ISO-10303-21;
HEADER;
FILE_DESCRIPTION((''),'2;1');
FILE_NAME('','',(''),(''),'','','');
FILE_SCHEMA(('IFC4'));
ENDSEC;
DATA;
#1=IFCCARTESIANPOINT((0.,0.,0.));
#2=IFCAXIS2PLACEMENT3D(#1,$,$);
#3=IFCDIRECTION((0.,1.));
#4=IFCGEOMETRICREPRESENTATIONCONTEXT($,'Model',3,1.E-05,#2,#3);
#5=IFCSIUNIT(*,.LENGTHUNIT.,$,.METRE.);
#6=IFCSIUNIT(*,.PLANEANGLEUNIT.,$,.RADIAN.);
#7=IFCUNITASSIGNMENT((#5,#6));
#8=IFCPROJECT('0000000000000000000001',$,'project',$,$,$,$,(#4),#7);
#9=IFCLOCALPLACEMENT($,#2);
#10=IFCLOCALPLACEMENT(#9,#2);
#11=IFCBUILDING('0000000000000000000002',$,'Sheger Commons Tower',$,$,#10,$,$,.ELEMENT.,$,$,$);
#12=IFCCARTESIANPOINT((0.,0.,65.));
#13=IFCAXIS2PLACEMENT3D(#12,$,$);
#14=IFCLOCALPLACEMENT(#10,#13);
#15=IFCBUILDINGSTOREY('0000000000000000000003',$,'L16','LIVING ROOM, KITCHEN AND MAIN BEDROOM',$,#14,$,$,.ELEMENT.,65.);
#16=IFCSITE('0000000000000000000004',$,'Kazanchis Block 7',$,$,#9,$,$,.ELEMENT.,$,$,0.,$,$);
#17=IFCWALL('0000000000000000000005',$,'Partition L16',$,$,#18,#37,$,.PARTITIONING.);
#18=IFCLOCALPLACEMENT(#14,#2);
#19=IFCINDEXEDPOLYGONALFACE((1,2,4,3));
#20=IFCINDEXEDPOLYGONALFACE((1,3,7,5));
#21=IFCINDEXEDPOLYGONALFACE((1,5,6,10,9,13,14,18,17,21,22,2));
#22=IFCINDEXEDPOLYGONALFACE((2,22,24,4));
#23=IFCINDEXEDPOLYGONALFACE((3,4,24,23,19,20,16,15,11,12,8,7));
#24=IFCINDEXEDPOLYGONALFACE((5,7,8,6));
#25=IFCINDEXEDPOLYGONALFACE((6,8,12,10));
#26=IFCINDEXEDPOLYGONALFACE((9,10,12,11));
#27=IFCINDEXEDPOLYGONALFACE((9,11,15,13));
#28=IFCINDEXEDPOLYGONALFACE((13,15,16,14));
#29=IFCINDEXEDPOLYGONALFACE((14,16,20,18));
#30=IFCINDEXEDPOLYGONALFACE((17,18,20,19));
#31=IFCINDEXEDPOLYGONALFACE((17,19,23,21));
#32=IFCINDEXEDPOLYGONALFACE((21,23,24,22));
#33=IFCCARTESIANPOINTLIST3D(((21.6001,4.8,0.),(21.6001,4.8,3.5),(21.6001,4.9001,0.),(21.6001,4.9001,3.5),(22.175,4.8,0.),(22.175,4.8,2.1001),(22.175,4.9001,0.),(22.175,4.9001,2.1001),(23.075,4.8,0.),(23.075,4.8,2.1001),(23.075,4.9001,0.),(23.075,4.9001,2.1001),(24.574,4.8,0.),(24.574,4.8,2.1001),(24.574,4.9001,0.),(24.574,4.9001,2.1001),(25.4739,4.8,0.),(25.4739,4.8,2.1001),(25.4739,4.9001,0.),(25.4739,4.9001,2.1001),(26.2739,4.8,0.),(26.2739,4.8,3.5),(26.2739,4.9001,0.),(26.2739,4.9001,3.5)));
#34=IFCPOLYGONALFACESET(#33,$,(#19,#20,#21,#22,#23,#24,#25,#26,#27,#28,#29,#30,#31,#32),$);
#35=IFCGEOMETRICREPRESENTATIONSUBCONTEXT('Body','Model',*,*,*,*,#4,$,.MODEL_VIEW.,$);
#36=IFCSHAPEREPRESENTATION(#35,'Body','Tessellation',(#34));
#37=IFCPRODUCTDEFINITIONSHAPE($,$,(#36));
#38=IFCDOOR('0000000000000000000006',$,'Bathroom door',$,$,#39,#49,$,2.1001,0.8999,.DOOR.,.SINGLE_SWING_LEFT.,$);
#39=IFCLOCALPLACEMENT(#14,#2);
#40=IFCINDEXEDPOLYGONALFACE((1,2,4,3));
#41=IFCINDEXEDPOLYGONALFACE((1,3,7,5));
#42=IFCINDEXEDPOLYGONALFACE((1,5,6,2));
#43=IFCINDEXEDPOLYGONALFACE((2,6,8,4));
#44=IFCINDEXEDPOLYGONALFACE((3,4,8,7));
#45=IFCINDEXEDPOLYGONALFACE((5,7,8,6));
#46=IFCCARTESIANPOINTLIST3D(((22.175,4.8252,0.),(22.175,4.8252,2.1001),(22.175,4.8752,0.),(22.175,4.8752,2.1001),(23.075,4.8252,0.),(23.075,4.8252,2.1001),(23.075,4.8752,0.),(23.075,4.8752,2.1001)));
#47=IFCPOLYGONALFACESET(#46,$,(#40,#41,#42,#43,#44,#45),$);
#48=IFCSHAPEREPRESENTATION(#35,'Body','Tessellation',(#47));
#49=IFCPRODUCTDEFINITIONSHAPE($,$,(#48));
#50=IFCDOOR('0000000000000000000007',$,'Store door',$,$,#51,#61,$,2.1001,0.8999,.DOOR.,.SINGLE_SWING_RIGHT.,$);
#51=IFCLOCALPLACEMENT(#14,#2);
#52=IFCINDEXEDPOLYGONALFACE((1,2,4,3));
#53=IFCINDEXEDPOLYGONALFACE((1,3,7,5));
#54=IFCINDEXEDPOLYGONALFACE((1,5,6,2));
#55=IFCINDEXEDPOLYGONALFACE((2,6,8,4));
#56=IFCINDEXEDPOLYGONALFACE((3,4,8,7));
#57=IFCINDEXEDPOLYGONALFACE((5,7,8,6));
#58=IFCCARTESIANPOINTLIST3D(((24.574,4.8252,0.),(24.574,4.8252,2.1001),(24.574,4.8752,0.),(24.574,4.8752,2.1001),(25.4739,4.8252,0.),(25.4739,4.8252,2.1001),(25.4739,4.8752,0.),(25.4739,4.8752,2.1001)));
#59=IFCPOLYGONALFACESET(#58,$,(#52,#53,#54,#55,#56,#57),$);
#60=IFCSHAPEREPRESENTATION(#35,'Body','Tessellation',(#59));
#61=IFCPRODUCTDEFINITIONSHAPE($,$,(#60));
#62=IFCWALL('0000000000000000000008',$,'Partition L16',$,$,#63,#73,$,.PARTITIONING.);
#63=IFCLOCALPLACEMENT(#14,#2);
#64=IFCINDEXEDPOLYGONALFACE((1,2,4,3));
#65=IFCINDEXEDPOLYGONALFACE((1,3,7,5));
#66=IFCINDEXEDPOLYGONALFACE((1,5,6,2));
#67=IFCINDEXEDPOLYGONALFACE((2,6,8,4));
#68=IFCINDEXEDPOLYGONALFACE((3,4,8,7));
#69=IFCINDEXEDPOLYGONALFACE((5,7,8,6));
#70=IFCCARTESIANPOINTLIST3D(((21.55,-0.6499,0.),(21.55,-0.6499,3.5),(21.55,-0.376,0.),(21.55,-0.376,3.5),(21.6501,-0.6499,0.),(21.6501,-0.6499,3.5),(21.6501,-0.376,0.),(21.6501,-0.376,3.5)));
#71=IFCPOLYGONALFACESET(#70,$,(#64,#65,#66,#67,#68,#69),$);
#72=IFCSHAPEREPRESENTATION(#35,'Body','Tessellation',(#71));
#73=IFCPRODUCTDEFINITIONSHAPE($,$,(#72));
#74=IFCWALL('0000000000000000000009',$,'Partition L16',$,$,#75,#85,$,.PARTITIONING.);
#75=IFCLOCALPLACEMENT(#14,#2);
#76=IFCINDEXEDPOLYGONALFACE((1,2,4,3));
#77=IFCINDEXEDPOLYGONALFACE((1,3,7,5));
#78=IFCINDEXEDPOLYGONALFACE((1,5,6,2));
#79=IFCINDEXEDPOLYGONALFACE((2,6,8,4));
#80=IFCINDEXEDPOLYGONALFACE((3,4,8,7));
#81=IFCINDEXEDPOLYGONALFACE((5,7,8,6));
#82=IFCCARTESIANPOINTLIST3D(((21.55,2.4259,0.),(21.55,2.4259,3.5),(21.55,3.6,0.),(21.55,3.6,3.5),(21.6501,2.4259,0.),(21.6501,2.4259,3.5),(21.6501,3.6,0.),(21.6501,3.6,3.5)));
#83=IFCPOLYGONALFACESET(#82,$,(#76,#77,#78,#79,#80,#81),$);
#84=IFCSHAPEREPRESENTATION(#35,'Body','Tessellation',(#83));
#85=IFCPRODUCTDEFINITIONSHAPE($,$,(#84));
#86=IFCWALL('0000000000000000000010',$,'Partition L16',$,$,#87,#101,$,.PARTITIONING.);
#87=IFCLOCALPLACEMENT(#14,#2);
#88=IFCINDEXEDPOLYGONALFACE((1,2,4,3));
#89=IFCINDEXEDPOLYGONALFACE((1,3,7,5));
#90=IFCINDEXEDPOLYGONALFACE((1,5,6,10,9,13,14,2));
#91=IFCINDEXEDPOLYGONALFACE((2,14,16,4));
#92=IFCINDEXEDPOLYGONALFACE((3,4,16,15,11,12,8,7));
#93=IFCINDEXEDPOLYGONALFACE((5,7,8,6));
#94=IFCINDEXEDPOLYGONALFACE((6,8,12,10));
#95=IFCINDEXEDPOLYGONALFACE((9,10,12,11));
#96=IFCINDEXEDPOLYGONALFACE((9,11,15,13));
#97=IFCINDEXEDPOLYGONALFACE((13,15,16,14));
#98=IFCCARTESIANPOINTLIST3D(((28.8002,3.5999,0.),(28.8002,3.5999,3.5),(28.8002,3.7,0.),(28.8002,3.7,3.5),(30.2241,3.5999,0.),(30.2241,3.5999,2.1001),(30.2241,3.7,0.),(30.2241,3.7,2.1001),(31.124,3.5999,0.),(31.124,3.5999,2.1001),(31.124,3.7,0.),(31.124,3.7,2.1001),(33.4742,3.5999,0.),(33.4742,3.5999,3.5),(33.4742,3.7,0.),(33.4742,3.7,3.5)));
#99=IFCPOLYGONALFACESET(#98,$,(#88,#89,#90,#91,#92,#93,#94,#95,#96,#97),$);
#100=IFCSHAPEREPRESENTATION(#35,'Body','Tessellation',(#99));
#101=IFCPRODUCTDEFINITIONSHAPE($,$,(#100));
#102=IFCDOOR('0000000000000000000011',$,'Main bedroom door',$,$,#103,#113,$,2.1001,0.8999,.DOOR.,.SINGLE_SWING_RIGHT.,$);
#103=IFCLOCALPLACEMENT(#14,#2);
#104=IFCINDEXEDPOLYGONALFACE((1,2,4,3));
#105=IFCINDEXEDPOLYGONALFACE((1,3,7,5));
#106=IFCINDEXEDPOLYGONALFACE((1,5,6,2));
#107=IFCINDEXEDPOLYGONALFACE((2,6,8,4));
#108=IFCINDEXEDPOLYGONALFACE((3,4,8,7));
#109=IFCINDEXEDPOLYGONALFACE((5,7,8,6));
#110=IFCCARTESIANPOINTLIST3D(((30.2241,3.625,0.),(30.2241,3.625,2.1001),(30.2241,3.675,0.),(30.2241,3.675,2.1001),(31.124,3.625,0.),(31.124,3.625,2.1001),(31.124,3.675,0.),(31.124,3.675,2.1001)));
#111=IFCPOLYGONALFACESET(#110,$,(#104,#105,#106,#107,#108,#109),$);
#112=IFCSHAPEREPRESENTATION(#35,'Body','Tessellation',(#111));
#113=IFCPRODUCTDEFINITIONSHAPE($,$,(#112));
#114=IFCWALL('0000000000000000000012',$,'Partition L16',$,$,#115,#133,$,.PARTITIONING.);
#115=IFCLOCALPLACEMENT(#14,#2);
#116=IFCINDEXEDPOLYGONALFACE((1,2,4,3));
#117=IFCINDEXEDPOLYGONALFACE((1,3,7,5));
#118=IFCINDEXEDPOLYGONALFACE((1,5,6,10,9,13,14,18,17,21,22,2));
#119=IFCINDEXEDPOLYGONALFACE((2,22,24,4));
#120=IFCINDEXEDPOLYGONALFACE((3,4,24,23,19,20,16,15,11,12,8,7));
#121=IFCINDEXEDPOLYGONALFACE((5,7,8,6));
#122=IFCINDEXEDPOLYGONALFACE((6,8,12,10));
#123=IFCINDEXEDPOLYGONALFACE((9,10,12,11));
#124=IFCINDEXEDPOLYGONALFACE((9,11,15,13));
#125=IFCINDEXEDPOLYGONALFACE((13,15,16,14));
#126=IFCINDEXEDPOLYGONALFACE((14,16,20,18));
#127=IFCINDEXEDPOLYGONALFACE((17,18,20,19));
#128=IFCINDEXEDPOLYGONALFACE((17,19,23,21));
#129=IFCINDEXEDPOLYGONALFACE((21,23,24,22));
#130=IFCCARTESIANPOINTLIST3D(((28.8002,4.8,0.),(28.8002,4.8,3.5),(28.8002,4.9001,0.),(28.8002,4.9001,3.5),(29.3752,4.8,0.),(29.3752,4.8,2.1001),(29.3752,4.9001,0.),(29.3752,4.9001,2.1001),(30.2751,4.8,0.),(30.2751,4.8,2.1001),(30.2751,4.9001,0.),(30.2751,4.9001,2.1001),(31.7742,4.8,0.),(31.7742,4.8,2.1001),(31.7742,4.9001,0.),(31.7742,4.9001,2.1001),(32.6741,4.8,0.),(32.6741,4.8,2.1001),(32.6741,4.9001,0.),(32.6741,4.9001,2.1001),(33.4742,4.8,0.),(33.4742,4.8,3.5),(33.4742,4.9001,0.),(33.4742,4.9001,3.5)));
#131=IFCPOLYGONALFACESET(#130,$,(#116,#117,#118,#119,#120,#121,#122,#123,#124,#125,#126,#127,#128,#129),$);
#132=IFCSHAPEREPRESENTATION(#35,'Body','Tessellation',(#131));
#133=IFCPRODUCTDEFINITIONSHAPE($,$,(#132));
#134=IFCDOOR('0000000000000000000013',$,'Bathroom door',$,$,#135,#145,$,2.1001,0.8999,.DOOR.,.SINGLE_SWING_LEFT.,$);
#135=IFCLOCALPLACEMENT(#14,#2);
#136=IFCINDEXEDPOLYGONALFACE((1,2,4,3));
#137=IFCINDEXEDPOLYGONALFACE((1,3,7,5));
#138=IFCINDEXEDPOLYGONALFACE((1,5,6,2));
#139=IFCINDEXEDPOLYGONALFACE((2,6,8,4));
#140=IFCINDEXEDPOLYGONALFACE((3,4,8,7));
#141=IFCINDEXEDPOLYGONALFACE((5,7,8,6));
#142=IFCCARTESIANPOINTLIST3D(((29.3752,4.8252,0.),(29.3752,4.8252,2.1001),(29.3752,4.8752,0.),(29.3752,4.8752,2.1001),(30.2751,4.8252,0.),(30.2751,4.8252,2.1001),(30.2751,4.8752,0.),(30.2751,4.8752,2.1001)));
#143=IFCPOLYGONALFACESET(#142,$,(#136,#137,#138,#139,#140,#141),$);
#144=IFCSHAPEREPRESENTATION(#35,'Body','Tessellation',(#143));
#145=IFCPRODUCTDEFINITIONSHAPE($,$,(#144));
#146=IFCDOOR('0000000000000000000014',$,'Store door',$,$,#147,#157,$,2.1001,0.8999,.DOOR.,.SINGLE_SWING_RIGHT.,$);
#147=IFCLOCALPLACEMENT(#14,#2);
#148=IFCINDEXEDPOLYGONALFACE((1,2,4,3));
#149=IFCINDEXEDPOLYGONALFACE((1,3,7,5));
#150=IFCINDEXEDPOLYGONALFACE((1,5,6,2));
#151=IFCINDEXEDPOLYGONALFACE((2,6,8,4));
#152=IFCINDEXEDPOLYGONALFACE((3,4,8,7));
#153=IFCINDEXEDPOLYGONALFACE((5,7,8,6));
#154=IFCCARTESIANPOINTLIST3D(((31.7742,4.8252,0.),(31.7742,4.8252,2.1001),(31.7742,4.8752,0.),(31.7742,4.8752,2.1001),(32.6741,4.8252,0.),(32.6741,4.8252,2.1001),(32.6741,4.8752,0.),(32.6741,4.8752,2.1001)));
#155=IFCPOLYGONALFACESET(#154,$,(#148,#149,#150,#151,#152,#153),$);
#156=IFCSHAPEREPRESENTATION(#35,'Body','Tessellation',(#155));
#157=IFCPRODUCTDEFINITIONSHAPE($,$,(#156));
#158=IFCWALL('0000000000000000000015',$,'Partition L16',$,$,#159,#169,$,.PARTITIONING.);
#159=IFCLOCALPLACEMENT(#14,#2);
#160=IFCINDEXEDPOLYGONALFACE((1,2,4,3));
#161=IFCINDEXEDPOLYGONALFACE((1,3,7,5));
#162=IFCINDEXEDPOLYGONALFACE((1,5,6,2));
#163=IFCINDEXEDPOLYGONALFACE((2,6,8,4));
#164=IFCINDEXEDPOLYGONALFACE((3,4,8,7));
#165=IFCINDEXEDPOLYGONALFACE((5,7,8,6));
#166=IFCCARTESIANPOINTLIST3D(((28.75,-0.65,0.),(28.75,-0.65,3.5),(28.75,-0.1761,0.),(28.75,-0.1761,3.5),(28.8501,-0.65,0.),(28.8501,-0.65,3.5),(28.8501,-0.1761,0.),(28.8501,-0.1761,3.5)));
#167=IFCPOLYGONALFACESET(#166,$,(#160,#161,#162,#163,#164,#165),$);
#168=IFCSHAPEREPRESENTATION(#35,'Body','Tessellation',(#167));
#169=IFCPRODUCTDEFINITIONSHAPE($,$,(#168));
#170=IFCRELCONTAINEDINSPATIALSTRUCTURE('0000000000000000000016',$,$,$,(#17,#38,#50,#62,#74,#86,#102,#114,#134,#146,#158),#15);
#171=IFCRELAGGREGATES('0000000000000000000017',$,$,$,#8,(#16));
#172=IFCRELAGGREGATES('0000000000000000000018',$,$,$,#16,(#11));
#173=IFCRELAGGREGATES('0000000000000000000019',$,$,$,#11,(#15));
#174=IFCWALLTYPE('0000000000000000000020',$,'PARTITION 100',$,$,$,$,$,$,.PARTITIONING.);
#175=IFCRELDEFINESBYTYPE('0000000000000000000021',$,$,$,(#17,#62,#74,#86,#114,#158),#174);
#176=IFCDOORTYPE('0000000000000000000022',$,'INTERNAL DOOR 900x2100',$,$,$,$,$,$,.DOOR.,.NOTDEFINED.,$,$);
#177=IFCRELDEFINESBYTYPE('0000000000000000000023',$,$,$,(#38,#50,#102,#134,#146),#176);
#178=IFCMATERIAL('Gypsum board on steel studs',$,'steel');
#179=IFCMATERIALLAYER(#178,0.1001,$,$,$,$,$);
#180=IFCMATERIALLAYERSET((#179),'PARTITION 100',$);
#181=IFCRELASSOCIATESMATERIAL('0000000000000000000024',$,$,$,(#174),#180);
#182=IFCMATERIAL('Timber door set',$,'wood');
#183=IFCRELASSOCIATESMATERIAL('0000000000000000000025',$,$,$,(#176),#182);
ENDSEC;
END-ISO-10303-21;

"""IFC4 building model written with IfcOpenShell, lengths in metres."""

from ifc_helpers import new_model, si_unit, direction, frame, frame_2d, origin, place, context, subcontext, project, spatial, rectangle, extrude, material, layer, layer_set, type_object, element, fill, save


model = new_model("IFC4")

# Units and contexts
model_context = context("Model", 3, precision=1e-05, world=origin(), true_north=direction((0.0, 1.0)))
body_context = subcontext(model_context, "Body", "Model", "MODEL_VIEW")
ifc_project = project(units=[si_unit("LENGTHUNIT", "METRE"), si_unit("PLANEANGLEUNIT", "RADIAN")], contexts=[model_context])

# Site, building, storey
site_placement = place(None, origin())
site = spatial("IfcSite", under=ifc_project, at=site_placement, Name="Kazanchis Block 7", CompositionType="ELEMENT", RefElevation=0.0)
building_placement = place(site_placement, origin())
building = spatial("IfcBuilding", under=site, at=building_placement, Name="Sheger Commons Tower", CompositionType="ELEMENT")
storey_placement = place(building_placement, frame((0.0, 0.0, 65.0)))
storey = spatial("IfcBuildingStorey", under=building, at=storey_placement, Name="L16", Description="LIVING ROOM, KITCHEN AND MAIN BEDROOM", CompositionType="ELEMENT", Elevation=65.0)

# Shared definitions
ifc_material_1 = material(Name="Gypsum board on steel studs", Category="steel")
ifc_layer_1 = layer(ifc_material_1, 0.1001)
ifc_layer_set_1 = layer_set([ifc_layer_1], Name="PARTITION 100")
wall_type_1 = type_object("IfcWallType", Name="PARTITION 100", PredefinedType="PARTITIONING", material=ifc_layer_set_1)
ifc_material_2 = material(Name="Timber door set", Category="wood")
door_type = type_object("IfcDoorType", Name="INTERNAL DOOR 900x2100", OperationType="NOTDEFINED", PredefinedType="DOOR", material=ifc_material_2)

# Wall, openings, doors
wall_1_placement = place(storey_placement, frame((26.2739, 4.8501, 0.0), z_axis=(0.0, 0.0, 1.0), x_axis=(-1.0, 0.0, 0.0)))
wall_1 = element("IfcWall", 1, at=wall_1_placement, inside=storey, type_object=wall_type_1, Name="Partition L16", PredefinedType="PARTITIONING", context=body_context, shape_type="SweptSolid", body=[
    extrude(rectangle(XDim=4.6738, YDim=0.1001, at=frame_2d((2.3369, 0.0))), origin(), (0.0, 0.0, 1.0), 3.5),
])
opening_1_placement = place(wall_1_placement, frame((3.199, 0.0, 0.0)))
opening_1 = element("IfcOpeningElement", 2, at=opening_1_placement, cuts=wall_1, PredefinedType="OPENING", context=body_context, shape_type="SweptSolid", body=[
    extrude(rectangle(XDim=0.8999, YDim=2.1001, at=frame_2d((0.45, 1.05))), frame((0.0, 0.0601, 0.0), z_axis=(0.0, -1.0, 0.0), x_axis=(1.0, 0.0, 0.0)), (0.0, 0.0, 1.0), 0.1201),
])
opening_2_placement = place(wall_1_placement, frame((0.8, 0.0, 0.0)))
opening_2 = element("IfcOpeningElement", 3, at=opening_2_placement, cuts=wall_1, PredefinedType="OPENING", context=body_context, shape_type="SweptSolid", body=[
    extrude(rectangle(XDim=0.8999, YDim=2.1001, at=frame_2d((0.45, 1.05))), frame((0.0, 0.0601, 0.0), z_axis=(0.0, -1.0, 0.0), x_axis=(1.0, 0.0, 0.0)), (0.0, 0.0, 1.0), 0.1201),
])
door_1_placement = place(opening_1_placement, origin())
door_1 = element("IfcDoor", 4, at=door_1_placement, inside=storey, type_object=door_type, Name="Bathroom door", OperationType="SINGLE_SWING_LEFT", OverallHeight=2.1001, OverallWidth=0.8999, PredefinedType="DOOR", context=body_context, shape_type="SweptSolid", body=[
    extrude(rectangle(XDim=0.8999, YDim=2.1001, at=frame_2d((0.45, 1.05))), frame((0.0, 0.0249, 0.0), z_axis=(0.0, -1.0, 0.0), x_axis=(1.0, 0.0, 0.0)), (0.0, 0.0, 1.0), 0.05),
])
fill(opening_1, door_1)
door_2_placement = place(opening_2_placement, origin())
door_2 = element("IfcDoor", 5, at=door_2_placement, inside=storey, type_object=door_type, Name="Store door", OperationType="SINGLE_SWING_RIGHT", OverallHeight=2.1001, OverallWidth=0.8999, PredefinedType="DOOR", context=body_context, shape_type="SweptSolid", body=[
    extrude(rectangle(XDim=0.8999, YDim=2.1001, at=frame_2d((0.45, 1.05))), frame((0.0, 0.0249, 0.0), z_axis=(0.0, -1.0, 0.0), x_axis=(1.0, 0.0, 0.0)), (0.0, 0.0, 1.0), 0.05),
])
fill(opening_2, door_2)

# Walls
wall_2_placement = place(storey_placement, frame((21.6001, -0.6499, 0.0), z_axis=(0.0, 0.0, 1.0), x_axis=(0.0, 1.0, 0.0)))
element("IfcWall", 6, at=wall_2_placement, inside=storey, type_object=wall_type_1, Name="Partition L16", PredefinedType="PARTITIONING", context=body_context, shape_type="SweptSolid", body=[
    extrude(rectangle(XDim=0.2739, YDim=0.1001, at=frame_2d((0.137, 0.0))), origin(), (0.0, 0.0, 1.0), 3.5),
])
wall_3_placement = place(storey_placement, frame((21.6001, 2.426, 0.0), z_axis=(0.0, 0.0, 1.0), x_axis=(0.0, 1.0, 0.0)))
element("IfcWall", 7, at=wall_3_placement, inside=storey, type_object=wall_type_1, Name="Partition L16", PredefinedType="PARTITIONING", context=body_context, shape_type="SweptSolid", body=[
    extrude(rectangle(XDim=1.1741, YDim=0.1001, at=frame_2d((0.5869, 0.0))), origin(), (0.0, 0.0, 1.0), 3.5),
])

# Wall, opening, door
wall_4_placement = place(storey_placement, frame((33.4741, 3.6499, 0.0), z_axis=(0.0, 0.0, 1.0), x_axis=(-1.0, 0.0, 0.0)))
wall_4 = element("IfcWall", 8, at=wall_4_placement, inside=storey, type_object=wall_type_1, Name="Partition L16", PredefinedType="PARTITIONING", context=body_context, shape_type="SweptSolid", body=[
    extrude(rectangle(XDim=4.6741, YDim=0.1001, at=frame_2d((2.3369, 0.0))), origin(), (0.0, 0.0, 1.0), 3.5),
])
opening_3_placement = place(wall_4_placement, frame((2.3501, 0.0, 0.0)))
opening_3 = element("IfcOpeningElement", 9, at=opening_3_placement, cuts=wall_4, PredefinedType="OPENING", context=body_context, shape_type="SweptSolid", body=[
    extrude(rectangle(XDim=0.8999, YDim=2.1001, at=frame_2d((0.45, 1.05))), frame((0.0, 0.0601, 0.0), z_axis=(0.0, -1.0, 0.0), x_axis=(1.0, 0.0, 0.0)), (0.0, 0.0, 1.0), 0.1201),
])
door_3_placement = place(opening_3_placement, origin())
door_3 = element("IfcDoor", 10, at=door_3_placement, inside=storey, type_object=door_type, Name="Main bedroom door", OperationType="SINGLE_SWING_RIGHT", OverallHeight=2.1001, OverallWidth=0.8999, PredefinedType="DOOR", context=body_context, shape_type="SweptSolid", body=[
    extrude(rectangle(XDim=0.8999, YDim=2.1001, at=frame_2d((0.45, 1.05))), frame((0.0, 0.0249, 0.0), z_axis=(0.0, -1.0, 0.0), x_axis=(1.0, 0.0, 0.0)), (0.0, 0.0, 1.0), 0.05),
])
fill(opening_3, door_3)

# Wall, openings, doors
wall_5_placement = place(storey_placement, frame((33.4741, 4.8501, 0.0), z_axis=(0.0, 0.0, 1.0), x_axis=(-1.0, 0.0, 0.0)))
wall_5 = element("IfcWall", 11, at=wall_5_placement, inside=storey, type_object=wall_type_1, Name="Partition L16", PredefinedType="PARTITIONING", context=body_context, shape_type="SweptSolid", body=[
    extrude(rectangle(XDim=4.6741, YDim=0.1001, at=frame_2d((2.3369, 0.0))), origin(), (0.0, 0.0, 1.0), 3.5),
])
opening_4_placement = place(wall_5_placement, frame((3.199, 0.0, 0.0)))
opening_4 = element("IfcOpeningElement", 12, at=opening_4_placement, cuts=wall_5, PredefinedType="OPENING", context=body_context, shape_type="SweptSolid", body=[
    extrude(rectangle(XDim=0.8999, YDim=2.1001, at=frame_2d((0.45, 1.05))), frame((0.0, 0.0601, 0.0), z_axis=(0.0, -1.0, 0.0), x_axis=(1.0, 0.0, 0.0)), (0.0, 0.0, 1.0), 0.1201),
])
opening_5_placement = place(wall_5_placement, frame((0.8, 0.0, 0.0)))
opening_5 = element("IfcOpeningElement", 13, at=opening_5_placement, cuts=wall_5, PredefinedType="OPENING", context=body_context, shape_type="SweptSolid", body=[
    extrude(rectangle(XDim=0.8999, YDim=2.1001, at=frame_2d((0.45, 1.05))), frame((0.0, 0.0601, 0.0), z_axis=(0.0, -1.0, 0.0), x_axis=(1.0, 0.0, 0.0)), (0.0, 0.0, 1.0), 0.1201),
])
door_4_placement = place(opening_4_placement, origin())
door_4 = element("IfcDoor", 14, at=door_4_placement, inside=storey, type_object=door_type, Name="Bathroom door", OperationType="SINGLE_SWING_LEFT", OverallHeight=2.1001, OverallWidth=0.8999, PredefinedType="DOOR", context=body_context, shape_type="SweptSolid", body=[
    extrude(rectangle(XDim=0.8999, YDim=2.1001, at=frame_2d((0.45, 1.05))), frame((0.0, 0.0249, 0.0), z_axis=(0.0, -1.0, 0.0), x_axis=(1.0, 0.0, 0.0)), (0.0, 0.0, 1.0), 0.05),
])
fill(opening_4, door_4)
door_5_placement = place(opening_5_placement, origin())
door_5 = element("IfcDoor", 15, at=door_5_placement, inside=storey, type_object=door_type, Name="Store door", OperationType="SINGLE_SWING_RIGHT", OverallHeight=2.1001, OverallWidth=0.8999, PredefinedType="DOOR", context=body_context, shape_type="SweptSolid", body=[
    extrude(rectangle(XDim=0.8999, YDim=2.1001, at=frame_2d((0.45, 1.05))), frame((0.0, 0.0249, 0.0), z_axis=(0.0, -1.0, 0.0), x_axis=(1.0, 0.0, 0.0)), (0.0, 0.0, 1.0), 0.05),
])
fill(opening_5, door_5)

# Wall
wall_6_placement = place(storey_placement, frame((28.8, -0.6499, 0.0), z_axis=(0.0, 0.0, 1.0), x_axis=(0.0, 1.0, 0.0)))
element("IfcWall", 16, at=wall_6_placement, inside=storey, type_object=wall_type_1, Name="Partition L16", PredefinedType="PARTITIONING", context=body_context, shape_type="SweptSolid", body=[
    extrude(rectangle(XDim=0.4739, YDim=0.1001, at=frame_2d((0.2368, 0.0))), origin(), (0.0, 0.0, 1.0), 3.5),
])

save(model, "model.ifc")
